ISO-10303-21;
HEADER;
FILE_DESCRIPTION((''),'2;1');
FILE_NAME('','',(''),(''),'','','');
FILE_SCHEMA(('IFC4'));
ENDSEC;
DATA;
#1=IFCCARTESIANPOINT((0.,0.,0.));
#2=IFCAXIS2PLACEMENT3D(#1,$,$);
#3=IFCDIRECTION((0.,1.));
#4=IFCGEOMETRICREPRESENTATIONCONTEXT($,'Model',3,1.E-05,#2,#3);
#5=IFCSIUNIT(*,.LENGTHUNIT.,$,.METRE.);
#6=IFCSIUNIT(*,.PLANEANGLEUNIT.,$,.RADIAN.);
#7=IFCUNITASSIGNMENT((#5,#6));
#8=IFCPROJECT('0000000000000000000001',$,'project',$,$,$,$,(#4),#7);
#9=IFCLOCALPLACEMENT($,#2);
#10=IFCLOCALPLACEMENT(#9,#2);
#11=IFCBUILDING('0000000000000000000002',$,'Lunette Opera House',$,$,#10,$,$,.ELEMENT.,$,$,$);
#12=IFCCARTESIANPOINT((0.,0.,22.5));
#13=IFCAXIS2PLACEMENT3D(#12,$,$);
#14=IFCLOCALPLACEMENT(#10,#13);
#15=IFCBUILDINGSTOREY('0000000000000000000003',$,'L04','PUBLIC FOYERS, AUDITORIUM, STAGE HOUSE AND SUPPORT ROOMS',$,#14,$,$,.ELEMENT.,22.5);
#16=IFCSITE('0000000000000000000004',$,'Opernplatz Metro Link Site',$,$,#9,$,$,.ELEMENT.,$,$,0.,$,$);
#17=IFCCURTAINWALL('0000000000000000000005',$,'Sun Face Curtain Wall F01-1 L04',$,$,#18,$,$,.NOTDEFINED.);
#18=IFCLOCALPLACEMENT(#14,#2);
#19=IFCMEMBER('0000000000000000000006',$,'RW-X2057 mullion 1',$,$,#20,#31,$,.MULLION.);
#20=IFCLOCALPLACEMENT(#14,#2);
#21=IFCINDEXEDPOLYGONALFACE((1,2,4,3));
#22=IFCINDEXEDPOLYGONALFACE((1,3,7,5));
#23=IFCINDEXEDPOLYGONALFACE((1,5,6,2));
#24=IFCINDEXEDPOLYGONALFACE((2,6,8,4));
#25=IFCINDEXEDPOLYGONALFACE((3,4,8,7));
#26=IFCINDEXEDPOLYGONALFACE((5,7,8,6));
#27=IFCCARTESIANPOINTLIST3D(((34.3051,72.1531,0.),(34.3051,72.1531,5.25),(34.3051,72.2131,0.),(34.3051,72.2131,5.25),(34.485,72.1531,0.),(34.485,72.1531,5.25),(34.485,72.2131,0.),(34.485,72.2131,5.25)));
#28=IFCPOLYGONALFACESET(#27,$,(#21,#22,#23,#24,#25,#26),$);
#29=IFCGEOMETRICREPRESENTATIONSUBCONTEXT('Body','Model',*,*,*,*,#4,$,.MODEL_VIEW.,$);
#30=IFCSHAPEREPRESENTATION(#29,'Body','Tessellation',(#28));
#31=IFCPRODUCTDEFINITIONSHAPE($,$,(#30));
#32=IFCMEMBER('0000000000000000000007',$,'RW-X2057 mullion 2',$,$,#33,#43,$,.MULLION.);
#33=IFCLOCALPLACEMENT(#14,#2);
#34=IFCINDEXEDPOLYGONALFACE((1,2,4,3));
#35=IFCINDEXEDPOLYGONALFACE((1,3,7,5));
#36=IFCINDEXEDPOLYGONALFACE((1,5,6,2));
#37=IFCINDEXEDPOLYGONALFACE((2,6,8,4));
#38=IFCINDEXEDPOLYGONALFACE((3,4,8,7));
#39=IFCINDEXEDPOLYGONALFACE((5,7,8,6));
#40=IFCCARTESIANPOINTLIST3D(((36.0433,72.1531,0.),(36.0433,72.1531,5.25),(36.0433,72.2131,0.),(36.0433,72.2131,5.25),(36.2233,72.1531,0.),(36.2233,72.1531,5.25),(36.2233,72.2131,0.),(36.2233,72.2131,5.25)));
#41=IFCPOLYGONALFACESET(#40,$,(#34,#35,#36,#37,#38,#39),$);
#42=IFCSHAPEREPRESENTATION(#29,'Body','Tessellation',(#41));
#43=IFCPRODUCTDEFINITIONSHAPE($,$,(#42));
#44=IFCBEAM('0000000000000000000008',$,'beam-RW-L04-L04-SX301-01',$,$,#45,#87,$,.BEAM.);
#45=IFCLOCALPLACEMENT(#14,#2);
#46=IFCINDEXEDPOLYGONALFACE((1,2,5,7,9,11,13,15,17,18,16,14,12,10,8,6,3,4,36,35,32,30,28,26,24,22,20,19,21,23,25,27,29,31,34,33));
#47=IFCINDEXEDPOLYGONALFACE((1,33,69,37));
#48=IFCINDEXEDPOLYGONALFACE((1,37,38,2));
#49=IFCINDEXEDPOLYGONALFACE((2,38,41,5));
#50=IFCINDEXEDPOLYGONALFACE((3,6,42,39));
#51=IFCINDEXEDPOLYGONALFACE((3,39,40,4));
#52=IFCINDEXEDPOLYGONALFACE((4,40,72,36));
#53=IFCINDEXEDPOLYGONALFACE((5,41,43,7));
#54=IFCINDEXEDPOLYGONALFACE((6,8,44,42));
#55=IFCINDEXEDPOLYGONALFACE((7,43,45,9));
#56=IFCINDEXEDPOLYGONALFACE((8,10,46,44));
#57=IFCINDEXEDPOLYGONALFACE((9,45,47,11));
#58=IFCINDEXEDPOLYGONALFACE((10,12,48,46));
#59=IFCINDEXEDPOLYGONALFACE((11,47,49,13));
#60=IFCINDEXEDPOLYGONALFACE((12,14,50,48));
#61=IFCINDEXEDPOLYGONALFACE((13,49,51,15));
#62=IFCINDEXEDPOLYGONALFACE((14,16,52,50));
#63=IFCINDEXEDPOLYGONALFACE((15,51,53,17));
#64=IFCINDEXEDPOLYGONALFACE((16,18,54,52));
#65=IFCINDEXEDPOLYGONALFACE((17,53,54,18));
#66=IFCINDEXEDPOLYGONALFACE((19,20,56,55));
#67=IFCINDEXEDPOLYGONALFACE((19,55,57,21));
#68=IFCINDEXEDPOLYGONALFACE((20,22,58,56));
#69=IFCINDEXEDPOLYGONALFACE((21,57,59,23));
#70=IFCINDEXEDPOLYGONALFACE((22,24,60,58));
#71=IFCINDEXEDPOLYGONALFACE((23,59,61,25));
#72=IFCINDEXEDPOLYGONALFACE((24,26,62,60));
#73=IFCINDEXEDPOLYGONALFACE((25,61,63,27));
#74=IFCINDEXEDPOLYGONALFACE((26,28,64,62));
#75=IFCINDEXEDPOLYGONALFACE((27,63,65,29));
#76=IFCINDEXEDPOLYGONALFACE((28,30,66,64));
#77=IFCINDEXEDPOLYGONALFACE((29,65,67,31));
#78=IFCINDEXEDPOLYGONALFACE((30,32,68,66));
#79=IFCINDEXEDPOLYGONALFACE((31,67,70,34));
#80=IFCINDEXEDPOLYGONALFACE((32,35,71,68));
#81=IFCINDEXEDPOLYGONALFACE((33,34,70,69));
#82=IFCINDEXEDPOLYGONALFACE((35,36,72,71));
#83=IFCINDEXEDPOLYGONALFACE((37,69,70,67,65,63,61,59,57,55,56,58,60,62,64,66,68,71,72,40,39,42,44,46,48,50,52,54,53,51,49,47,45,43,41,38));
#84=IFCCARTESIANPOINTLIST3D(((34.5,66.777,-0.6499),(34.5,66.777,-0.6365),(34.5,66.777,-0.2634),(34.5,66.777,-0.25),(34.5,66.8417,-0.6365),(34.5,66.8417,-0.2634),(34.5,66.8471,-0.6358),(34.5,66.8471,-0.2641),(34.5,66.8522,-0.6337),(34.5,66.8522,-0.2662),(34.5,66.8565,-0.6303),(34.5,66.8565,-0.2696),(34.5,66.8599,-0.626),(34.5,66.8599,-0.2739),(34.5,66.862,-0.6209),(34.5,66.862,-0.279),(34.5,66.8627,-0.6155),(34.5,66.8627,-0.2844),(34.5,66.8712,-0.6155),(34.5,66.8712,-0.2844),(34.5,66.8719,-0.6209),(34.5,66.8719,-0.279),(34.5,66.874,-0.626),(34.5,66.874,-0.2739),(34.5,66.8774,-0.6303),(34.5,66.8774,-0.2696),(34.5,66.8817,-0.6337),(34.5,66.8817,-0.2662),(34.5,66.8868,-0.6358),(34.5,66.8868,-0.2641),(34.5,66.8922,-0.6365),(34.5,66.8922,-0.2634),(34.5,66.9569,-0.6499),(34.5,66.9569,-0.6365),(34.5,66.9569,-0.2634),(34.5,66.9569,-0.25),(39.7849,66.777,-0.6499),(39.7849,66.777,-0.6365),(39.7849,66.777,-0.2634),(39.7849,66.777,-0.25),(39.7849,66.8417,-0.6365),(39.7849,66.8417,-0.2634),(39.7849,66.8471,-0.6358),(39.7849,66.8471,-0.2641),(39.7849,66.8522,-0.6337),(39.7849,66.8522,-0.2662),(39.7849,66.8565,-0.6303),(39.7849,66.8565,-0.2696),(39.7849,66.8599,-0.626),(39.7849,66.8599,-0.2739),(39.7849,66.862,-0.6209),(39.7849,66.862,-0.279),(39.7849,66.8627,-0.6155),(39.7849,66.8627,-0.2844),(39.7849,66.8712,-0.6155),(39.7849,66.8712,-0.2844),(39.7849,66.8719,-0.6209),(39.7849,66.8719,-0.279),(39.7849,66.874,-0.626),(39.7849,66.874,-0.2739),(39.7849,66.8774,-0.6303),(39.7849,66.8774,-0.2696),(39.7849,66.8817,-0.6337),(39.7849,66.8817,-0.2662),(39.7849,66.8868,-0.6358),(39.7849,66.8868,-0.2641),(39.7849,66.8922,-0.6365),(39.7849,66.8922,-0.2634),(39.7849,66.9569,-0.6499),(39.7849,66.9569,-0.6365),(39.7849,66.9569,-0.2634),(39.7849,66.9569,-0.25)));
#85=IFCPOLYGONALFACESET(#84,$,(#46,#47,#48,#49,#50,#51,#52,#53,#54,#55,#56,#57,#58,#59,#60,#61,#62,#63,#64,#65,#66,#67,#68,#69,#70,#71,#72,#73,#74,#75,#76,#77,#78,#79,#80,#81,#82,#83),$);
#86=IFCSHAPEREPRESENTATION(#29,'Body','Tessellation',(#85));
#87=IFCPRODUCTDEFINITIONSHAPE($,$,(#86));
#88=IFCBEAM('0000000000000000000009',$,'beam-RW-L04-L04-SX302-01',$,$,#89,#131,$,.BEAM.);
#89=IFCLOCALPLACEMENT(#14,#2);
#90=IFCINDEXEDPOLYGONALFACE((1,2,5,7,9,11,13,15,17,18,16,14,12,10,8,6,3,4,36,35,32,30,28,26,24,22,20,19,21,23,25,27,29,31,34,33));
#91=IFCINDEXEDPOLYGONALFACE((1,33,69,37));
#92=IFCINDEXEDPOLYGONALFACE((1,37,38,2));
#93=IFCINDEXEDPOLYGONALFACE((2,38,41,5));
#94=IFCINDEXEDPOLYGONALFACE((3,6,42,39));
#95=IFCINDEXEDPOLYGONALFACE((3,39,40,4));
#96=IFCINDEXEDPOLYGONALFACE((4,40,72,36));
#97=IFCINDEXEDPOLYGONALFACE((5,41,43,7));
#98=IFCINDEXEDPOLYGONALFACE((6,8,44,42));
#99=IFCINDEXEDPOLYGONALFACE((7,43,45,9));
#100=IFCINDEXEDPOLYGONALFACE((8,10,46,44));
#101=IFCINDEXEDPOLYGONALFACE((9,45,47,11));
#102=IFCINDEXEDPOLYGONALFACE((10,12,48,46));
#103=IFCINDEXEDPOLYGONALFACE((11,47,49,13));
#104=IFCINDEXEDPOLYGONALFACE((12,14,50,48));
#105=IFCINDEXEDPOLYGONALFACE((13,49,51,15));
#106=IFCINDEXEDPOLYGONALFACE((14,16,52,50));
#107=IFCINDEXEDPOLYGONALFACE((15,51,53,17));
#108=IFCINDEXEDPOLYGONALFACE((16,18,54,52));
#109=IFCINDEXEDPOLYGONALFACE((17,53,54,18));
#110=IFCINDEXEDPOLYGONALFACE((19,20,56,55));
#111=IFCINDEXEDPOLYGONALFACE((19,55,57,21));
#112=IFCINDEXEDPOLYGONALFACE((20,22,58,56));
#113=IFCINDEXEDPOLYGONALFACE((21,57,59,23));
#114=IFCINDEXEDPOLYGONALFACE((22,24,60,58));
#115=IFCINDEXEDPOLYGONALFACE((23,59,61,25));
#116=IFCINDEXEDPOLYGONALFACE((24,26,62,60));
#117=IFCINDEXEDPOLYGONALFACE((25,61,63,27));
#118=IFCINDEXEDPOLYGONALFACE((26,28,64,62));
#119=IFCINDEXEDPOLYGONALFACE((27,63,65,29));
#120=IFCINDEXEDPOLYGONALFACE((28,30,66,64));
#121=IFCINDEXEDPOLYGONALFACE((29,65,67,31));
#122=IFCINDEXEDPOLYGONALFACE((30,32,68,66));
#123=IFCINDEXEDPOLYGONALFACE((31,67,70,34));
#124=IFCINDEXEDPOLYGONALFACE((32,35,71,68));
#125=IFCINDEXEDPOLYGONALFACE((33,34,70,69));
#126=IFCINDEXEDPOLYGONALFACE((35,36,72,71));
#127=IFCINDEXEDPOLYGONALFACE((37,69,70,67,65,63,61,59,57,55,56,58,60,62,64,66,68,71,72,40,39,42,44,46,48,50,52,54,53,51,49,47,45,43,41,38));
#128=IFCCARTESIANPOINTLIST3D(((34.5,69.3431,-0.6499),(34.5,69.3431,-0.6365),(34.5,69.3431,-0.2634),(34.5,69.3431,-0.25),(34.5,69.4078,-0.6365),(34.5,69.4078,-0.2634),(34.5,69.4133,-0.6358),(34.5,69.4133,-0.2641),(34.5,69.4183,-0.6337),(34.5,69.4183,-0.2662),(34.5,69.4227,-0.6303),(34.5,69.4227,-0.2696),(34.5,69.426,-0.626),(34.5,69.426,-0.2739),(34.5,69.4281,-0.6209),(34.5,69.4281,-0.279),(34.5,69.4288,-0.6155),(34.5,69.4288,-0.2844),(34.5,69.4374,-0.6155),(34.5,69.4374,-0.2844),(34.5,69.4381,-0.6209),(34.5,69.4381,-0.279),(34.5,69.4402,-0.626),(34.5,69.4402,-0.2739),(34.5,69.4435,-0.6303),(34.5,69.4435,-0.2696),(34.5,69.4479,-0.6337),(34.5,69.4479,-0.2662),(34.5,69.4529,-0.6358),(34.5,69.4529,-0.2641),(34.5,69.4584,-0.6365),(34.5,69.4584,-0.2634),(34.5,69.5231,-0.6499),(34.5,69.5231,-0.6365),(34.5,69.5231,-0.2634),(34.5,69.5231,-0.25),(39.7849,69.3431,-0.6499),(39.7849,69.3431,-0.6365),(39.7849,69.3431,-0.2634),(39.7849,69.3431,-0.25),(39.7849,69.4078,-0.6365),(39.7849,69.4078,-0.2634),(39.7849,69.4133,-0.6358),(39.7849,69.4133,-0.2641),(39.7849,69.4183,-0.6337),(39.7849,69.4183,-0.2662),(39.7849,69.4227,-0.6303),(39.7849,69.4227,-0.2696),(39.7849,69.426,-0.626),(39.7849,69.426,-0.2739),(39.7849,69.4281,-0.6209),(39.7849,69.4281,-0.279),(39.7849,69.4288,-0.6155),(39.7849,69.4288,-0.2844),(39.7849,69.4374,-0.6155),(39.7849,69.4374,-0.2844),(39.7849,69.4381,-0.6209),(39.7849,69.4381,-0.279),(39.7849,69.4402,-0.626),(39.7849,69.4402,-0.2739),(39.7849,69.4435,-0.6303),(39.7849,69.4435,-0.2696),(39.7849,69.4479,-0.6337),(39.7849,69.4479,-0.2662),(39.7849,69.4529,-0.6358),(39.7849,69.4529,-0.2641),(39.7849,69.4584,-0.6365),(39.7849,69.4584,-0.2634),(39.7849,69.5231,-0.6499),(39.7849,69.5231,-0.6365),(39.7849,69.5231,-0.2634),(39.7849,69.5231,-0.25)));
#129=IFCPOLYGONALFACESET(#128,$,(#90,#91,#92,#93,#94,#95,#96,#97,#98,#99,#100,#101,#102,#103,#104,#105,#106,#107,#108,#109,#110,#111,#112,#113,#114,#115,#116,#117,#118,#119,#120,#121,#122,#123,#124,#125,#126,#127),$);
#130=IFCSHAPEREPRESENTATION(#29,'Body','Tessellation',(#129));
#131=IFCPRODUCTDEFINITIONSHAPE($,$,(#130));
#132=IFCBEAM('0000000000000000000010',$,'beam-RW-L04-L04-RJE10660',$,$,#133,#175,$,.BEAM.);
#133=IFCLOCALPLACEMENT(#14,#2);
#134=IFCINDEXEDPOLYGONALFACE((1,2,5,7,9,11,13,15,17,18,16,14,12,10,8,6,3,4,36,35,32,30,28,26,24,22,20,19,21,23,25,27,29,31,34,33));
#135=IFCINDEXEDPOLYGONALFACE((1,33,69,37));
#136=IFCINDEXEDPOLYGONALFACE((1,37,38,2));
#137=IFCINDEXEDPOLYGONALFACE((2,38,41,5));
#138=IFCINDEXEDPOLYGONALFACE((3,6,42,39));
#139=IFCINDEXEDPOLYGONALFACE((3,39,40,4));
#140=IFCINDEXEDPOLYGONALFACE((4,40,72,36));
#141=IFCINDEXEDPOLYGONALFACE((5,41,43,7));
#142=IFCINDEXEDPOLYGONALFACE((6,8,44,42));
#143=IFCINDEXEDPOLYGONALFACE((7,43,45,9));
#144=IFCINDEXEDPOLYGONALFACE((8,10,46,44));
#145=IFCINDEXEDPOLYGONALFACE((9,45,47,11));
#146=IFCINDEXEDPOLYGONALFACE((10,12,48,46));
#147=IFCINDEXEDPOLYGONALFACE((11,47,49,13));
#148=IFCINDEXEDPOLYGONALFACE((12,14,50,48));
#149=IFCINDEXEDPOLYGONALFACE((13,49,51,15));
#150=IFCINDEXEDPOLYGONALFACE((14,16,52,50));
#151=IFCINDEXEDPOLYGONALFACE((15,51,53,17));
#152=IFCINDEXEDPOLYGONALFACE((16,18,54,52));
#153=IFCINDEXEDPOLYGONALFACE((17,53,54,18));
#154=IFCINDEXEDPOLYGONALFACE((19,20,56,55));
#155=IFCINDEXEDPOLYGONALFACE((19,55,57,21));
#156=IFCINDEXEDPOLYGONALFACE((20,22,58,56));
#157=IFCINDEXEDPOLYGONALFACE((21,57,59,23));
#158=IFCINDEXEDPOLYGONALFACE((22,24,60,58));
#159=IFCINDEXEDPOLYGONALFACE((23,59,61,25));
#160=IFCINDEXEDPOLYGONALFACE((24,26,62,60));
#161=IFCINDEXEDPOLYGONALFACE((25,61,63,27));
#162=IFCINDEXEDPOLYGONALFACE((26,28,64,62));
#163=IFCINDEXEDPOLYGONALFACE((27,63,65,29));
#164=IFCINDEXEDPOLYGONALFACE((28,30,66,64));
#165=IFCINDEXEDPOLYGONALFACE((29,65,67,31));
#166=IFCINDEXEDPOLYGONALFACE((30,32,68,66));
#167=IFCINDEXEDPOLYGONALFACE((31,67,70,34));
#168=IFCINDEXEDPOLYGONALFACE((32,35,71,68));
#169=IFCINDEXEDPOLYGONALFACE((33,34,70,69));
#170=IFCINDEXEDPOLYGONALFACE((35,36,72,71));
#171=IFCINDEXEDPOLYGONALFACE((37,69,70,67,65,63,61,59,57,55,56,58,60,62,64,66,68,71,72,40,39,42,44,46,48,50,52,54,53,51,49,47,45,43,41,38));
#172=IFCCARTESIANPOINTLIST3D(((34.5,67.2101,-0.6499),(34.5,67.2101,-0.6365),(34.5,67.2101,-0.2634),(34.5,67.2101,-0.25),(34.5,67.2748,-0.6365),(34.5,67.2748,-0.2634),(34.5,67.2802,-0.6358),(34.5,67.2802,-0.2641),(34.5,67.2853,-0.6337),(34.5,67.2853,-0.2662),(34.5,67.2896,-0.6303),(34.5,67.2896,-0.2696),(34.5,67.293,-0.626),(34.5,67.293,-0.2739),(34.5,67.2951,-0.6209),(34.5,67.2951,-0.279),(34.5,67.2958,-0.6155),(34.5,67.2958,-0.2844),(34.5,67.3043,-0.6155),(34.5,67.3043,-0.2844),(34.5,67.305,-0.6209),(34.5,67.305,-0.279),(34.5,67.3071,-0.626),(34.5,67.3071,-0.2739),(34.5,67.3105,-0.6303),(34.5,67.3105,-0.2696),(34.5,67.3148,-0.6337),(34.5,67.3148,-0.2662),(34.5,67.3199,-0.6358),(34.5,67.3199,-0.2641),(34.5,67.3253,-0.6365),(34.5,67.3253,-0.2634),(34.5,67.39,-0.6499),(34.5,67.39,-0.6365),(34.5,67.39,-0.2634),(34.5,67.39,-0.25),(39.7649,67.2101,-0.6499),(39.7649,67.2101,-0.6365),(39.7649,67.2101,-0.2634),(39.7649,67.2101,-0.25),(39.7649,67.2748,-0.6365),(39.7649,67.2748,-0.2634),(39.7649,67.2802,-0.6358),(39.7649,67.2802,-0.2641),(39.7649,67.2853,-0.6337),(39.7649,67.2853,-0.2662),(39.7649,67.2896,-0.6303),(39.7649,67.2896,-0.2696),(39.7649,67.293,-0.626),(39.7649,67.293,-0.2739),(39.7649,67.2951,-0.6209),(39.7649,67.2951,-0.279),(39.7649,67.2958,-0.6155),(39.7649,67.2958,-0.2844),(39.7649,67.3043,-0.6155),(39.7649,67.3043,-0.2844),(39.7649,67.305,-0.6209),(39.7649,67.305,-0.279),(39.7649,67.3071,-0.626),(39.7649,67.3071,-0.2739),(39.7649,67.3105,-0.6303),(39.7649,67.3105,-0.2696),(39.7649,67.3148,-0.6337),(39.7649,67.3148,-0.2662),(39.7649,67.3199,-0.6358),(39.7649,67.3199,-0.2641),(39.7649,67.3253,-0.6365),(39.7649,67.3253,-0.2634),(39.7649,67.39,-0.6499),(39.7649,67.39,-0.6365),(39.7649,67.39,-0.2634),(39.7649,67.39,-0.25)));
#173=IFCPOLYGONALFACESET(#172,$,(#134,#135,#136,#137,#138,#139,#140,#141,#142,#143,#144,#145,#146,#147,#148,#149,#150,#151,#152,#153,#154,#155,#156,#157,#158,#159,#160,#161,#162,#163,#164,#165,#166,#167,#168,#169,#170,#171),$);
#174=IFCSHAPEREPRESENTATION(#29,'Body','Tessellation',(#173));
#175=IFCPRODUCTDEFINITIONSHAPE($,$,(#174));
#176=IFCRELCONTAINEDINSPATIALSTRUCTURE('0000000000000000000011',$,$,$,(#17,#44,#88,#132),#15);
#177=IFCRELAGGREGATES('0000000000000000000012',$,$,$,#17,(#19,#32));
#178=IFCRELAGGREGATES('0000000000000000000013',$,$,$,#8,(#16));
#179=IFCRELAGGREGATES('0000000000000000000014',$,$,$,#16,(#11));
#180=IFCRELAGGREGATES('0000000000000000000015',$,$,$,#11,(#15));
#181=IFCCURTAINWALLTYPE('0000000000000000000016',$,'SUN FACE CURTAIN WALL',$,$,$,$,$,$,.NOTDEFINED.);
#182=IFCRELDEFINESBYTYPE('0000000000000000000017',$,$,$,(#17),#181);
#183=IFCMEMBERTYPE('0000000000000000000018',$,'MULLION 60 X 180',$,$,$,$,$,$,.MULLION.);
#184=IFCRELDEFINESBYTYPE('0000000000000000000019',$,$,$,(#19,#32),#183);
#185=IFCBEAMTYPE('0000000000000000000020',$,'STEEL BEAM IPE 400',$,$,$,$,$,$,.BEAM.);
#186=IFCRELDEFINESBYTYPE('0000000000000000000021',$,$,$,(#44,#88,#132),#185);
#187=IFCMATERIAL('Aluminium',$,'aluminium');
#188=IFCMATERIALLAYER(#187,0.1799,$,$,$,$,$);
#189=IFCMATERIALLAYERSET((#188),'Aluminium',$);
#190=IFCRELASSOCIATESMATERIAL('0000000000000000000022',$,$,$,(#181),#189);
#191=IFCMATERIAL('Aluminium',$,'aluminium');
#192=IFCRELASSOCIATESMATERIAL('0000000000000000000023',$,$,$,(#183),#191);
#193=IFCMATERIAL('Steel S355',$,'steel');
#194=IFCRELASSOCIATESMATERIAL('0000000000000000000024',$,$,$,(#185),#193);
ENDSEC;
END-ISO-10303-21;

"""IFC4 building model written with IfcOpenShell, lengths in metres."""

from ifc_helpers import new_model, si_unit, direction, frame, origin, origin_2d, place, context, subcontext, project, spatial, rectangle, i_section, extrude, material, layer, layer_set, material_profile, profile_set, type_object, element, aggregate, save


model = new_model("IFC4")

# Units and contexts
model_context = context("Model", 3, precision=1e-05, world=origin(), true_north=direction((0.0, 1.0)))
body_context = subcontext(model_context, "Body", "Model", "MODEL_VIEW")
ifc_project = project(units=[si_unit("LENGTHUNIT", "METRE"), si_unit("PLANEANGLEUNIT", "RADIAN")], contexts=[model_context])

# Site, building, storey
site_placement = place(None, origin())
site = spatial("IfcSite", under=ifc_project, at=site_placement, Name="Opernplatz Metro Link Site", CompositionType="ELEMENT", RefElevation=0.0)
building_placement = place(site_placement, origin())
building = spatial("IfcBuilding", under=site, at=building_placement, Name="Lunette Opera House", CompositionType="ELEMENT")
storey_placement = place(building_placement, frame((0.0, 0.0, 22.5)))
storey = spatial("IfcBuildingStorey", under=building, at=storey_placement, Name="L04", Description="PUBLIC FOYERS, AUDITORIUM, STAGE HOUSE AND SUPPORT ROOMS", CompositionType="ELEMENT", Elevation=22.5)

# Curtain wall, members
ifc_material_1 = material(Name="Aluminium", Category="aluminium")
ifc_layer_1 = layer(ifc_material_1, 0.1799)
ifc_layer_set_1 = layer_set([ifc_layer_1], Name="Aluminium")
curtain_wall_type = type_object("IfcCurtainWallType", Name="SUN FACE CURTAIN WALL", PredefinedType="NOTDEFINED", material=ifc_layer_set_1)
curtain_wall_placement = place(storey_placement, origin())
curtain_wall = element("IfcCurtainWall", 1, at=curtain_wall_placement, inside=storey, type_object=curtain_wall_type, Name="Sun Face Curtain Wall F01-1 L04", PredefinedType="NOTDEFINED")
ifc_material_2 = material(Name="Aluminium", Category="aluminium")
ifc_material_profile_1 = material_profile(ifc_material_2, rectangle(XDim=0.0601, YDim=0.1799, at=origin_2d()), Name="MULLION 60 X 180")
ifc_profile_set_1 = profile_set([ifc_material_profile_1], Name="Aluminium")
member_type_1 = type_object("IfcMemberType", Name="MULLION 60 X 180", PredefinedType="MULLION", material=ifc_profile_set_1)
member_1_placement = place(storey_placement, frame((34.395, 72.1831, 0.0), z_axis=(0.0, 0.0, 1.0), x_axis=(0.0, 1.0, 0.0)))
member_1 = element("IfcMember", 2, at=member_1_placement, type_object=member_type_1, Name="RW-X2057 mullion 1", PredefinedType="MULLION", context=body_context, shape_type="SweptSolid", body=[
    extrude(rectangle(XDim=0.0601, YDim=0.1799, at=origin_2d()), origin(), (0.0, 0.0, 1.0), 5.25),
])
member_2_placement = place(storey_placement, frame((36.1333, 72.1831, 0.0), z_axis=(0.0, 0.0, 1.0), x_axis=(0.0, 1.0, 0.0)))
member_2 = element("IfcMember", 3, at=member_2_placement, type_object=member_type_1, Name="RW-X2057 mullion 2", PredefinedType="MULLION", context=body_context, shape_type="SweptSolid", body=[
    extrude(rectangle(XDim=0.0601, YDim=0.1799, at=origin_2d()), origin(), (0.0, 0.0, 1.0), 5.25),
])

# Beams
ifc_material_3 = material(Name="Steel S355", Category="steel")
ifc_material_profile_2 = material_profile(ifc_material_3, i_section(OverallWidth=0.1799, OverallDepth=0.3999, WebThickness=0.0085, FlangeThickness=0.0134, FilletRadius=0.021, at=origin_2d()), Name="IPE 400")
ifc_profile_set_2 = profile_set([ifc_material_profile_2], Name="Steel S355")
beam_type = type_object("IfcBeamType", Name="STEEL BEAM IPE 400", PredefinedType="BEAM", material=ifc_profile_set_2)
for number, where, z_axis, x_axis, name in (
    (4, (34.5, 66.8669, -0.45), (1.0, 0.0, 0.0), (0.0, 1.0, 0.0), "beam-RW-L04-L04-SX301-01"),
    (5, (34.5, 69.4331, -0.45), (1.0, 0.0, 0.0), (0.0, 1.0, 0.0), "beam-RW-L04-L04-SX302-01"),
):
    element("IfcBeam", number, at=place(storey_placement, frame(where, z_axis=z_axis, x_axis=x_axis)), inside=storey, type_object=beam_type, Name=name, PredefinedType="BEAM", context=body_context, shape_type="SweptSolid", body=[
        extrude(i_section(OverallWidth=0.1799, OverallDepth=0.3999, WebThickness=0.0085, FlangeThickness=0.0134, FilletRadius=0.021, at=origin_2d()), origin(), (0.0, 0.0, 1.0), 5.2849),
    ])
for number, where, z_axis, x_axis, name in (
    (6, (34.5, 67.3, -0.45), (1.0, 0.0, 0.0), (0.0, 1.0, 0.0), "beam-RW-L04-L04-RJE10660"),
):
    element("IfcBeam", number, at=place(storey_placement, frame(where, z_axis=z_axis, x_axis=x_axis)), inside=storey, type_object=beam_type, Name=name, PredefinedType="BEAM", context=body_context, shape_type="SweptSolid", body=[
        extrude(i_section(OverallWidth=0.1799, OverallDepth=0.3999, WebThickness=0.0085, FlangeThickness=0.0134, FilletRadius=0.021, at=origin_2d()), origin(), (0.0, 0.0, 1.0), 5.2649),
    ])

aggregate(curtain_wall, [member_1, member_2])

save(model, "model.ifc")
